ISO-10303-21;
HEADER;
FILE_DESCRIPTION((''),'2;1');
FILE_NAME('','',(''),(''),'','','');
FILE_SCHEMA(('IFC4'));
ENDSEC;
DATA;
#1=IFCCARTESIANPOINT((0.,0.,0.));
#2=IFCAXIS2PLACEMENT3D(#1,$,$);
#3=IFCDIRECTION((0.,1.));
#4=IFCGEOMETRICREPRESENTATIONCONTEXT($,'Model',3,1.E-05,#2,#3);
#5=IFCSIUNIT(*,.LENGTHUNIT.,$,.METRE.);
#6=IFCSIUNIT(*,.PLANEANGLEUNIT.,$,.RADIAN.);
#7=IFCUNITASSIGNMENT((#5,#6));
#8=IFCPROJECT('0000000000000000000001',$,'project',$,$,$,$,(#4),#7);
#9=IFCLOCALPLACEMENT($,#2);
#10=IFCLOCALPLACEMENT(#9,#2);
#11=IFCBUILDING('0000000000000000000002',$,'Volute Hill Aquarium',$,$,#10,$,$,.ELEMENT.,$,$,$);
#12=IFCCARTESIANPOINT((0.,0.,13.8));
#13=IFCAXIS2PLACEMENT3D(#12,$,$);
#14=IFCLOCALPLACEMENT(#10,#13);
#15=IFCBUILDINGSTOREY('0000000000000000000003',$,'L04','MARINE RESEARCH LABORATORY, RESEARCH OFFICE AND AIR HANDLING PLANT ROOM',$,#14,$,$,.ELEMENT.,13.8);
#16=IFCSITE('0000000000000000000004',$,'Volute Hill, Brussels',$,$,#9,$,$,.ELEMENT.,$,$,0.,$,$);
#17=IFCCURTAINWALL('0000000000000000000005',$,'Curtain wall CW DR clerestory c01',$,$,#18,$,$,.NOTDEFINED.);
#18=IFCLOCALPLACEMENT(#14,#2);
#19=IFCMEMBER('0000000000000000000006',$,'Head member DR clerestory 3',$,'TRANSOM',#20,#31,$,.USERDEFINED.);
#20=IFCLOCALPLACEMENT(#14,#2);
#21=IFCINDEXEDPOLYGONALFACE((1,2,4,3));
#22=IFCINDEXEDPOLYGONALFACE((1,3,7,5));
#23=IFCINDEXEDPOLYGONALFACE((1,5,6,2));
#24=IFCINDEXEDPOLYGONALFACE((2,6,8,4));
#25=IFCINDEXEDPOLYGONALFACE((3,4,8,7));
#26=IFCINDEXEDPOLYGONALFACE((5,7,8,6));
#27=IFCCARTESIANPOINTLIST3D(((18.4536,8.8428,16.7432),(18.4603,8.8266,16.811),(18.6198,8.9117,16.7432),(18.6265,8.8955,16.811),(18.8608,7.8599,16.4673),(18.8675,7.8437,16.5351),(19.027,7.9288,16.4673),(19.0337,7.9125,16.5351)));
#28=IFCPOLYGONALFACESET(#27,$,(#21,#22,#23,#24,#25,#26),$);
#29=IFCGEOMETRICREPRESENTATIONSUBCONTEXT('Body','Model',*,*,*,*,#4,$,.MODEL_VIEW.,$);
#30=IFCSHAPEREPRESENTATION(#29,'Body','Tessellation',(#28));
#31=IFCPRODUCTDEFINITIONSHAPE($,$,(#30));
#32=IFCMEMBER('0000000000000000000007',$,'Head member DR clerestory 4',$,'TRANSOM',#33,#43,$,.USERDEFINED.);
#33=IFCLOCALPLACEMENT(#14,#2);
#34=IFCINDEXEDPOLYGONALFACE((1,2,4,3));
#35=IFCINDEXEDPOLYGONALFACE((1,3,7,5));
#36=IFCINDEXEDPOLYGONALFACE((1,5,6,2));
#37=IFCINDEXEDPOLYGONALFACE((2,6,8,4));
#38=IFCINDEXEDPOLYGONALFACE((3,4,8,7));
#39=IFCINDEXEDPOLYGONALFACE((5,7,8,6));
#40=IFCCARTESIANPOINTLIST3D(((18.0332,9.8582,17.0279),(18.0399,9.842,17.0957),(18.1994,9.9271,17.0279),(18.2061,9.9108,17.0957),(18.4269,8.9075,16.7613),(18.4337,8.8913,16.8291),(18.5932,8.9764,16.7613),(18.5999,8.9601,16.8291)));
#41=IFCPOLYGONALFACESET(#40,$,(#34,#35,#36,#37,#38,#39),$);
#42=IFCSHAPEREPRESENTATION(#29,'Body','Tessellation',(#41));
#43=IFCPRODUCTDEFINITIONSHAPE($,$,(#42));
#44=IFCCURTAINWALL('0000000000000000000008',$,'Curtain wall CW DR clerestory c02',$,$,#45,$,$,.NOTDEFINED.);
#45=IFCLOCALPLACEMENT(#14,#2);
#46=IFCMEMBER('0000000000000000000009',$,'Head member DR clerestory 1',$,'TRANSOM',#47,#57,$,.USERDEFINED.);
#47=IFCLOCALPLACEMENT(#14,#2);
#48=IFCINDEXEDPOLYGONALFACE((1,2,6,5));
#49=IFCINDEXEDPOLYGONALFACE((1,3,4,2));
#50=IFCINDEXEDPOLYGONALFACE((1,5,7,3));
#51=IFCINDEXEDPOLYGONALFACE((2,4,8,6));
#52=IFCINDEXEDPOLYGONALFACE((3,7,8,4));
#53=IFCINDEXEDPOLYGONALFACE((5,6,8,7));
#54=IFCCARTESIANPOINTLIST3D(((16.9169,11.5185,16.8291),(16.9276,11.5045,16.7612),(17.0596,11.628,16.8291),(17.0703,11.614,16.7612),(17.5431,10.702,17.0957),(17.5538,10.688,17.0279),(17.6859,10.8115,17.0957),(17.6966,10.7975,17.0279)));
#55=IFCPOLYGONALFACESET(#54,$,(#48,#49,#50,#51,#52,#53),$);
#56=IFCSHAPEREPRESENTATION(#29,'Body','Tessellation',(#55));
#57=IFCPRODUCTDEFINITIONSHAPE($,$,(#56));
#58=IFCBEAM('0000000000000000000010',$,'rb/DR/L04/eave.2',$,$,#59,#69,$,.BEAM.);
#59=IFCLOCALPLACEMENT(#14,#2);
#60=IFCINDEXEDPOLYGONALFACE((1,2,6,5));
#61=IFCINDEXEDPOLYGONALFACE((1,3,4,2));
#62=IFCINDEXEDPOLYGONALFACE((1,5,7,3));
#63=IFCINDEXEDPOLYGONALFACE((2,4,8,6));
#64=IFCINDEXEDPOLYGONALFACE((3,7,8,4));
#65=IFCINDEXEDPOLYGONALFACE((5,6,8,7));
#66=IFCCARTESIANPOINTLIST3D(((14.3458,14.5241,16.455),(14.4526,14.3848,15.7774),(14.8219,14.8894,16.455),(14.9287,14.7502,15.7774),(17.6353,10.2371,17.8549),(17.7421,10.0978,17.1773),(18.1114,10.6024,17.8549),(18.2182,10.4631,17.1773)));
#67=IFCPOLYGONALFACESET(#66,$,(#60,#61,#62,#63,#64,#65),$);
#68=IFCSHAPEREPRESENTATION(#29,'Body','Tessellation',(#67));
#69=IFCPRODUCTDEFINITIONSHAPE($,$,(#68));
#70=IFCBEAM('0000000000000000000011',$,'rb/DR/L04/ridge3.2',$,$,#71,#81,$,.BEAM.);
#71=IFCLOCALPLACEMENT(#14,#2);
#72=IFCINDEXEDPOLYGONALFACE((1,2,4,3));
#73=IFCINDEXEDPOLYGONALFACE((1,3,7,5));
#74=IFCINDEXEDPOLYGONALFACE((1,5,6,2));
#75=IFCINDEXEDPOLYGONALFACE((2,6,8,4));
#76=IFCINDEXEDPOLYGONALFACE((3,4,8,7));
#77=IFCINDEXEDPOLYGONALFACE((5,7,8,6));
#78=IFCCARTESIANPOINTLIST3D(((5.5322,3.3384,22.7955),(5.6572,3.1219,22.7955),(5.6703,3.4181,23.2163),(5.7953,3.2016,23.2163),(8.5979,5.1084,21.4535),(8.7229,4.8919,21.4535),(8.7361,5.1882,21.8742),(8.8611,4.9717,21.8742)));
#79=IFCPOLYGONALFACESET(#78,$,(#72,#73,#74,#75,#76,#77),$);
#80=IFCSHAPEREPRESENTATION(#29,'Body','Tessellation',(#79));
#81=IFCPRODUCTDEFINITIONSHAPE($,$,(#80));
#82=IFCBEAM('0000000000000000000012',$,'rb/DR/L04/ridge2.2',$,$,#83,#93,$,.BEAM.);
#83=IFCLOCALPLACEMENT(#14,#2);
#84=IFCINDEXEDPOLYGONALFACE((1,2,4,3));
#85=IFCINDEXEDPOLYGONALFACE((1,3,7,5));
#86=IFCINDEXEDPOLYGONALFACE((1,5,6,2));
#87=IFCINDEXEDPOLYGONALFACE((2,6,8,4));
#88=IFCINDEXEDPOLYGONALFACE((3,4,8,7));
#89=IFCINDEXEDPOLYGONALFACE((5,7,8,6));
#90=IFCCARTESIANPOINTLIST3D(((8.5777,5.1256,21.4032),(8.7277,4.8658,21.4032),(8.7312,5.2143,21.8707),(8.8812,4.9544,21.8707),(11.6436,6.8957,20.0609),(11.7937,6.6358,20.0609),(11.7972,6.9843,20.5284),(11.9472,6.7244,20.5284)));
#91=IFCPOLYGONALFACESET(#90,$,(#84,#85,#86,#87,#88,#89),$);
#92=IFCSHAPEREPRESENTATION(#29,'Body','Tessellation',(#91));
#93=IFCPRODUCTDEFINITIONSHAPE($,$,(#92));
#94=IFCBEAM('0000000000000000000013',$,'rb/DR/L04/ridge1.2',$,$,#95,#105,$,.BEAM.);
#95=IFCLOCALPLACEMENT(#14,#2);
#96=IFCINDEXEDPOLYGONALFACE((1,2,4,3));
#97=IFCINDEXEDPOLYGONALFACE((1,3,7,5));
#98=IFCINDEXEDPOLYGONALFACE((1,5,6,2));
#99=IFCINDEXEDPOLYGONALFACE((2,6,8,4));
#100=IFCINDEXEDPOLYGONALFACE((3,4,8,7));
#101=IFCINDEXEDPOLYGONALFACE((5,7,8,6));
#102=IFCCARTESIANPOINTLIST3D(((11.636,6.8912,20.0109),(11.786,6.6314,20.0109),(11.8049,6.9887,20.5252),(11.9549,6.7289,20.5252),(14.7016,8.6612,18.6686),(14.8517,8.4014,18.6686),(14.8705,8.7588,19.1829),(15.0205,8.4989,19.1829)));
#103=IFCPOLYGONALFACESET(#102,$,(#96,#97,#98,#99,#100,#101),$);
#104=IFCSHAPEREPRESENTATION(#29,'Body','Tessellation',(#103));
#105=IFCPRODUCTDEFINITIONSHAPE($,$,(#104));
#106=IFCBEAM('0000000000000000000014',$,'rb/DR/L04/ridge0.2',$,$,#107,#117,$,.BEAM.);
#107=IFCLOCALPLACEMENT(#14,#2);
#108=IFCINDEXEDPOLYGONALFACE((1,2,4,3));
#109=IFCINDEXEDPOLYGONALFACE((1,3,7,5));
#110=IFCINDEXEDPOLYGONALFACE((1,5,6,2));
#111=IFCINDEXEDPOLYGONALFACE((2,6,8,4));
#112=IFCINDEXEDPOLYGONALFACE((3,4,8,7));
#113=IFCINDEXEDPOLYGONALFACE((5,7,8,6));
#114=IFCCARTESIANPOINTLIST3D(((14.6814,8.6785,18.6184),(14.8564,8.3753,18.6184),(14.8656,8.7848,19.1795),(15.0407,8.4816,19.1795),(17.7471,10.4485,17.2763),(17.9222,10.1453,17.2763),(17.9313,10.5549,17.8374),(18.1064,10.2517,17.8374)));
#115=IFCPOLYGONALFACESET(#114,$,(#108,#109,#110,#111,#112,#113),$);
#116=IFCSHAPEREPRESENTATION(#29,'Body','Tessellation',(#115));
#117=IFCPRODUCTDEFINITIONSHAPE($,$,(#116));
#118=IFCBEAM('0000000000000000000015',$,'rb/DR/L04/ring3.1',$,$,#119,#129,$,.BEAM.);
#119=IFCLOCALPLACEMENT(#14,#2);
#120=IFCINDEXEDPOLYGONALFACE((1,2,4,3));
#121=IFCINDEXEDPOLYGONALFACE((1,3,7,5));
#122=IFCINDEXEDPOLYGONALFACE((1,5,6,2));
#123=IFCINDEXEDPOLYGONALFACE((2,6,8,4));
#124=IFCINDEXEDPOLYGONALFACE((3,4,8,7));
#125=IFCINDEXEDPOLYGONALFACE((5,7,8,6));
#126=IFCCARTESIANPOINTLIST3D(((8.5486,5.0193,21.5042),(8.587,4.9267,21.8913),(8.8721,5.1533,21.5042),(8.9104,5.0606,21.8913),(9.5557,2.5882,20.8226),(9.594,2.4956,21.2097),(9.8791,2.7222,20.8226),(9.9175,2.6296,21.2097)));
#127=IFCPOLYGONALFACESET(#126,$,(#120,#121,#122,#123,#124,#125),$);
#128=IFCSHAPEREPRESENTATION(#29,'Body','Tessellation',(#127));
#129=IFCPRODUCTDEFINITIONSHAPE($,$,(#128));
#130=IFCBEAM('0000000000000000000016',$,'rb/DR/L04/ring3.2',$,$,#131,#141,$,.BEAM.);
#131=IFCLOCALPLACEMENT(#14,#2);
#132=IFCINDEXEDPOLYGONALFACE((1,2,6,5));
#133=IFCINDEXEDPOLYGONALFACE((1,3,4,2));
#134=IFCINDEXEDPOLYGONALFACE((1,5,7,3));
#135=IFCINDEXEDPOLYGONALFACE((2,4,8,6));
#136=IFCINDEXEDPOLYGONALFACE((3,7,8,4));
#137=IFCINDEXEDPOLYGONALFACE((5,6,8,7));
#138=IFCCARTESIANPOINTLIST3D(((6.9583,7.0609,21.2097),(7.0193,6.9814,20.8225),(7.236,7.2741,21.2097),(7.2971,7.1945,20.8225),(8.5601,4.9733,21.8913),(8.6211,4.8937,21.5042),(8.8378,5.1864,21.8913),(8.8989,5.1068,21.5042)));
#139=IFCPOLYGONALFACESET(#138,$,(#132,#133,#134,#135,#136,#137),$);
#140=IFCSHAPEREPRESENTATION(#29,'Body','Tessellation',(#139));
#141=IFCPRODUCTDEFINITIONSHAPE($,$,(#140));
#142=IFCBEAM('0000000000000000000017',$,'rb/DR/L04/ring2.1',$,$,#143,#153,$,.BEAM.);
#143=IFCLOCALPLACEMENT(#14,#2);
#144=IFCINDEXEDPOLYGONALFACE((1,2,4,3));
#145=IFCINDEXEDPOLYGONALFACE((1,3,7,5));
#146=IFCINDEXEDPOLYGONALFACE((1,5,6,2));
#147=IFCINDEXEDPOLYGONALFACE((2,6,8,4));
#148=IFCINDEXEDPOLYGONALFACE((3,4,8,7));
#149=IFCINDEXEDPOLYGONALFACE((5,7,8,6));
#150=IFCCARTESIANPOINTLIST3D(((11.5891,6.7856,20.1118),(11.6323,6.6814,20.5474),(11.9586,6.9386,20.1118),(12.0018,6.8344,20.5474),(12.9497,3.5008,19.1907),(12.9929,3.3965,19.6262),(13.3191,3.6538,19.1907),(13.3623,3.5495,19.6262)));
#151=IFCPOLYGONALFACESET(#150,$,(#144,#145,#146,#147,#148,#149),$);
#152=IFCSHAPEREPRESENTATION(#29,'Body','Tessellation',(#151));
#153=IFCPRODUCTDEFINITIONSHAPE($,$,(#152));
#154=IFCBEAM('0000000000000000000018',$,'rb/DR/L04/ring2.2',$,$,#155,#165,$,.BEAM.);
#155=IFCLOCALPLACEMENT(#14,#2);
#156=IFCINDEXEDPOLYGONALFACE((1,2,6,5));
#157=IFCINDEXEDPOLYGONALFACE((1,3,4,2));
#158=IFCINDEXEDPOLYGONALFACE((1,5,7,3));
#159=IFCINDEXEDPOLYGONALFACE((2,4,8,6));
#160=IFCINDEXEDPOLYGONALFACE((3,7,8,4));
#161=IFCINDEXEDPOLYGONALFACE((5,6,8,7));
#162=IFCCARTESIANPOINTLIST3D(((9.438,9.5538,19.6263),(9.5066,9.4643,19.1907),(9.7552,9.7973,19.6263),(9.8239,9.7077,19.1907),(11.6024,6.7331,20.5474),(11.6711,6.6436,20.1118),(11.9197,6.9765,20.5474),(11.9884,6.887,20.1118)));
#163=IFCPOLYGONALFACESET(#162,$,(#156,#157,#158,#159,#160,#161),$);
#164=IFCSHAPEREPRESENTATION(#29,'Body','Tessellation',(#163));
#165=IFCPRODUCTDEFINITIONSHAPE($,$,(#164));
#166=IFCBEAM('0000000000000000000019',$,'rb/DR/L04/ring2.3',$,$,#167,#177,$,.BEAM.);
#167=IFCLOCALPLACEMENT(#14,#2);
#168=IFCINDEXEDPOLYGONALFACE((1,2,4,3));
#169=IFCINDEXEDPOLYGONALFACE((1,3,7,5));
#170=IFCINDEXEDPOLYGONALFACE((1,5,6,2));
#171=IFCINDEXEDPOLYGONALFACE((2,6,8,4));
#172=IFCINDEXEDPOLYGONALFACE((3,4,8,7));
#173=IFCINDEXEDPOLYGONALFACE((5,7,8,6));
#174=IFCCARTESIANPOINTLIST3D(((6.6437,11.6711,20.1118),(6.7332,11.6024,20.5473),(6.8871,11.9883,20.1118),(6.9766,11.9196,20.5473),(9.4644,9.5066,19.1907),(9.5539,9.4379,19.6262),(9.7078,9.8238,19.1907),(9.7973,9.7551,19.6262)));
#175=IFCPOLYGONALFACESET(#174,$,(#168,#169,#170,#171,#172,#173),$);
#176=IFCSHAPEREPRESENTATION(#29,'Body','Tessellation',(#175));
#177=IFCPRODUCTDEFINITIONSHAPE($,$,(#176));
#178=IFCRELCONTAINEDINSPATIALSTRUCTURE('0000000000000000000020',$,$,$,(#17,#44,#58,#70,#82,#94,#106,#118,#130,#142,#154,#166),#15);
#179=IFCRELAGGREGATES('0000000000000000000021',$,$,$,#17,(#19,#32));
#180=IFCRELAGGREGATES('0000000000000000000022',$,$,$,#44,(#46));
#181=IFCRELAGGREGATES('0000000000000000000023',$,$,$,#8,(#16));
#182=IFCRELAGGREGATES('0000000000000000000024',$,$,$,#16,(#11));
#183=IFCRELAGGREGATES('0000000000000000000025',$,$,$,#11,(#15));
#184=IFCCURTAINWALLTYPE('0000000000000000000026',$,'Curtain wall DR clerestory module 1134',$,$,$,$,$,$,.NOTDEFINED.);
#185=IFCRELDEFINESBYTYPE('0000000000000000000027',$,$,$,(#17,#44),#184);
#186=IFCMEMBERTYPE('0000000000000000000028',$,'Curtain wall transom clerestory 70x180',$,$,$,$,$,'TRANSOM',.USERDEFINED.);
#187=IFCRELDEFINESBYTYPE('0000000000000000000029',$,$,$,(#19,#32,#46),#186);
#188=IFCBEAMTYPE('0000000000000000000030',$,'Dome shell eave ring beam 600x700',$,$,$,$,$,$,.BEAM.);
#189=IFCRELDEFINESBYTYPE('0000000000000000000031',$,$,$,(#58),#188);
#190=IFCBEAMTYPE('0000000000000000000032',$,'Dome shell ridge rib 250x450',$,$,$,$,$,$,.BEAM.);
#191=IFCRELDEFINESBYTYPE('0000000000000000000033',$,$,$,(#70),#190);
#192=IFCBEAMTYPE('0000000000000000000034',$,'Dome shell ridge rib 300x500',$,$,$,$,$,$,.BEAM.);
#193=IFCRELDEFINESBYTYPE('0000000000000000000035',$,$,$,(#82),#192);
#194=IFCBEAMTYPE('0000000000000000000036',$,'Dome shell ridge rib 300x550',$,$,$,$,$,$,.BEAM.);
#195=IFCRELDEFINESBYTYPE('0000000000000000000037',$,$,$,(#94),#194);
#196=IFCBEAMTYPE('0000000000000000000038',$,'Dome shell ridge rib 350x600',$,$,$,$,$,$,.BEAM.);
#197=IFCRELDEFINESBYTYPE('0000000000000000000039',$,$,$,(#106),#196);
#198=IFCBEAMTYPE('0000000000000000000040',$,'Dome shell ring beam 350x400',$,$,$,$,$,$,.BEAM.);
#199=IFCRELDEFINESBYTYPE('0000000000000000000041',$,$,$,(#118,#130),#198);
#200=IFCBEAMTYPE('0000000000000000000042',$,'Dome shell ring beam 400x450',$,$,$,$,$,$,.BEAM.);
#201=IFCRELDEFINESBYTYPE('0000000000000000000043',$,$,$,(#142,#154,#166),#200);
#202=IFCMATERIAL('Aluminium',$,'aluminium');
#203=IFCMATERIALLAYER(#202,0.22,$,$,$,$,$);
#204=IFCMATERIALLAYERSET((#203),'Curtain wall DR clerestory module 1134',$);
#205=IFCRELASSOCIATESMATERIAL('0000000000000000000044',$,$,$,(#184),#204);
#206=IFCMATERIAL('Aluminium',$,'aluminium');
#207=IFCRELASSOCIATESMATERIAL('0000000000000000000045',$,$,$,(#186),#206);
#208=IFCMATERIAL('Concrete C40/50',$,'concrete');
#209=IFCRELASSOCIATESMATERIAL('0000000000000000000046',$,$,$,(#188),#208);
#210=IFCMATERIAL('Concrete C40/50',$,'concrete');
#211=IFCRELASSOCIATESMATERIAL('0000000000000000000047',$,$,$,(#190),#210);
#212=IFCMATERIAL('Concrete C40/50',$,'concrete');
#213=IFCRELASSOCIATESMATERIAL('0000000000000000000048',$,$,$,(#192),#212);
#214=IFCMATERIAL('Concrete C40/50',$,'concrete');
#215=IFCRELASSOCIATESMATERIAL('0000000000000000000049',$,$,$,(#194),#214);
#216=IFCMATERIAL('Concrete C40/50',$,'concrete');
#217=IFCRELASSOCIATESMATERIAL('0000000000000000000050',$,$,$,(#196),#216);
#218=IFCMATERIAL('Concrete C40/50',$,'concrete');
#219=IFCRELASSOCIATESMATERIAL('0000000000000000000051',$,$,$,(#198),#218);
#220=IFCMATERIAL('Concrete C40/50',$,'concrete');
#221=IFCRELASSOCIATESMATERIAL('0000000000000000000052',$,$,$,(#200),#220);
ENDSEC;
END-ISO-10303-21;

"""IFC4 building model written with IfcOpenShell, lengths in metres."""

from ifc_helpers import new_model, si_unit, direction, frame, origin, origin_2d, place, context, subcontext, project, spatial, rectangle, extrude, material, layer, layer_set, material_profile, profile_set, type_object, element, aggregate, save


model = new_model("IFC4")

# Units and contexts
model_context = context("Model", 3, precision=1e-05, world=origin(), true_north=direction((0.0, 1.0)))
body_context = subcontext(model_context, "Body", "Model", "MODEL_VIEW")
ifc_project = project(units=[si_unit("LENGTHUNIT", "METRE"), si_unit("PLANEANGLEUNIT", "RADIAN")], contexts=[model_context])

# Site, building, storey
site_placement = place(None, origin())
site = spatial("IfcSite", under=ifc_project, at=site_placement, Name="Volute Hill, Brussels", CompositionType="ELEMENT", RefElevation=0.0)
building_placement = place(site_placement, origin())
building = spatial("IfcBuilding", under=site, at=building_placement, Name="Volute Hill Aquarium", CompositionType="ELEMENT")
storey_placement = place(building_placement, frame((0.0, 0.0, 13.8)))
storey = spatial("IfcBuildingStorey", under=building, at=storey_placement, Name="L04", Description="MARINE RESEARCH LABORATORY, RESEARCH OFFICE AND AIR HANDLING PLANT ROOM", CompositionType="ELEMENT", Elevation=13.8)

# Curtain wall, members
ifc_material_1 = material(Name="Aluminium", Category="aluminium")
ifc_layer_1 = layer(ifc_material_1, 0.22)
ifc_layer_set_1 = layer_set([ifc_layer_1], Name="Curtain wall DR clerestory module 1134")
curtain_wall_type = type_object("IfcCurtainWallType", Name="Curtain wall DR clerestory module 1134", PredefinedType="NOTDEFINED", material=ifc_layer_set_1)
curtain_wall_1_placement = place(storey_placement, origin())
curtain_wall_1 = element("IfcCurtainWall", 1, at=curtain_wall_1_placement, inside=storey, type_object=curtain_wall_type, Name="Curtain wall CW DR clerestory c01", PredefinedType="NOTDEFINED")
ifc_material_2 = material(Name="Aluminium", Category="aluminium")
ifc_material_profile_1 = material_profile(ifc_material_2, rectangle(XDim=0.1799, YDim=0.0701, at=origin_2d()), Name="Curtain wall transom clerestory 70x180")
ifc_profile_set_1 = profile_set([ifc_material_profile_1], Name="Aluminium")
member_type = type_object("IfcMemberType", Name="Curtain wall transom clerestory 70x180", ElementType="TRANSOM", PredefinedType="USERDEFINED", material=ifc_profile_set_1)
member_1_placement = place(storey_placement, frame((18.9473, 7.8862, 16.5012), z_axis=(-0.370504, 0.894274, 0.251001), x_axis=(-0.923849, -0.382757, 0.0)))
member_1 = element("IfcMember", 2, at=member_1_placement, type_object=member_type, Name="Head member DR clerestory 3", ObjectType="TRANSOM", PredefinedType="USERDEFINED", context=body_context, shape_type="SweptSolid", body=[
    extrude(rectangle(XDim=0.1799, YDim=0.0701, at=origin_2d()), origin(), (0.0, 0.0, 1.0), 1.0991),
])
member_2_placement = place(storey_placement, frame((18.5134, 8.9338, 16.7952), z_axis=(-0.370462, 0.894346, 0.250803), x_axis=(-0.923875, -0.382694, 0.0)))
member_2 = element("IfcMember", 3, at=member_2_placement, type_object=member_type, Name="Head member DR clerestory 4", ObjectType="TRANSOM", PredefinedType="USERDEFINED", context=body_context, shape_type="SweptSolid", body=[
    extrude(rectangle(XDim=0.1799, YDim=0.0701, at=origin_2d()), origin(), (0.0, 0.0, 1.0), 1.063),
])
aggregate(curtain_wall_1, [member_1, member_2])

# Curtain wall, member
curtain_wall_2_placement = place(storey_placement, origin())
curtain_wall_2 = element("IfcCurtainWall", 4, at=curtain_wall_2_placement, inside=storey, type_object=curtain_wall_type, Name="Curtain wall CW DR clerestory c02", PredefinedType="NOTDEFINED")
member_3_placement = place(storey_placement, frame((17.6199, 10.7498, 17.0618), z_axis=(-0.589165, 0.768096, -0.250826), x_axis=(-0.793461, -0.608621, 0.0)))
member_3 = element("IfcMember", 5, at=member_3_placement, type_object=member_type, Name="Head member DR clerestory 1", ObjectType="TRANSOM", PredefinedType="USERDEFINED", context=body_context, shape_type="SweptSolid", body=[
    extrude(rectangle(XDim=0.1799, YDim=0.0701, at=origin_2d()), origin(), (0.0, 0.0, 1.0), 1.063),
])
aggregate(curtain_wall_2, [member_3])

# Beams
ifc_material_3 = material(Name="Concrete C40/50", Category="concrete")
ifc_material_profile_2 = material_profile(ifc_material_3, rectangle(XDim=0.6001, YDim=0.7, at=origin_2d()), Name="RC beam 600x700")
ifc_profile_set_2 = profile_set([ifc_material_profile_2], Name="Concrete C40/50")
beam_type_1 = type_object("IfcBeamType", Name="Dome shell eave ring beam 600x700", PredefinedType="BEAM", material=ifc_profile_set_2)
beam_1_placement = place(storey_placement, frame((17.9268, 10.3501, 17.5161), z_axis=(-0.5893, 0.768006, -0.250783), x_axis=(-0.793359, -0.608754, 0.0)))
element("IfcBeam", 6, at=beam_1_placement, inside=storey, type_object=beam_type_1, Name="rb/DR/L04/eave.2", PredefinedType="BEAM", context=body_context, shape_type="SweptSolid", body=[
    extrude(rectangle(XDim=0.6001, YDim=0.7, at=origin_2d()), origin(), (0.0, 0.0, 1.0), 5.582),
])
ifc_material_4 = material(Name="Concrete C40/50", Category="concrete")
ifc_material_profile_3 = material_profile(ifc_material_4, rectangle(XDim=0.25, YDim=0.45, at=origin_2d()), Name="RC rib 250x450")
ifc_profile_set_3 = profile_set([ifc_material_profile_3], Name="Concrete C40/50")
beam_type_2 = type_object("IfcBeamType", Name="Dome shell ridge rib 250x450", PredefinedType="BEAM", material=ifc_profile_set_3)
beam_2_placement = place(storey_placement, frame((8.7295, 5.04, 21.6638), z_axis=(-0.809779, -0.46754, 0.354492), x_axis=(0.500011, -0.866019, 0.0)))
element("IfcBeam", 7, at=beam_2_placement, inside=storey, type_object=beam_type_2, Name="rb/DR/L04/ridge3.2", PredefinedType="BEAM", context=body_context, shape_type="SweptSolid", body=[
    extrude(rectangle(XDim=0.25, YDim=0.45, at=origin_2d()), origin(), (0.0, 0.0, 1.0), 3.7859),
])
ifc_material_5 = material(Name="Concrete C40/50", Category="concrete")
ifc_material_profile_4 = material_profile(ifc_material_5, rectangle(XDim=0.3, YDim=0.5, at=origin_2d()), Name="RC rib 300x500")
ifc_profile_set_4 = profile_set([ifc_material_profile_4], Name="Concrete C40/50")
beam_type_3 = type_object("IfcBeamType", Name="Dome shell ridge rib 300x500", PredefinedType="BEAM", material=ifc_profile_set_4)
beam_3_placement = place(storey_placement, frame((11.7954, 6.8101, 20.2947), z_axis=(-0.809783, -0.467505, 0.35453), x_axis=(0.499981, -0.866036, 0.0)))
element("IfcBeam", 8, at=beam_3_placement, inside=storey, type_object=beam_type_3, Name="rb/DR/L04/ridge2.2", PredefinedType="BEAM", context=body_context, shape_type="SweptSolid", body=[
    extrude(rectangle(XDim=0.3, YDim=0.5, at=origin_2d()), origin(), (0.0, 0.0, 1.0), 3.7861),
])
ifc_material_6 = material(Name="Concrete C40/50", Category="concrete")
ifc_material_profile_5 = material_profile(ifc_material_6, rectangle(XDim=0.3, YDim=0.55, at=origin_2d()), Name="RC rib 300x550")
ifc_profile_set_5 = profile_set([ifc_material_profile_5], Name="Concrete C40/50")
beam_type_4 = type_object("IfcBeamType", Name="Dome shell ridge rib 300x550", PredefinedType="BEAM", material=ifc_profile_set_5)
beam_4_placement = place(storey_placement, frame((14.8611, 8.5801, 18.9258), z_axis=(-0.80976, -0.467529, 0.354548), x_axis=(0.500011, -0.866019, 0.0)))
element("IfcBeam", 9, at=beam_4_placement, inside=storey, type_object=beam_type_4, Name="rb/DR/L04/ridge1.2", PredefinedType="BEAM", context=body_context, shape_type="SweptSolid", body=[
    extrude(rectangle(XDim=0.3, YDim=0.55, at=origin_2d()), origin(), (0.0, 0.0, 1.0), 3.7859),
])
ifc_material_7 = material(Name="Concrete C40/50", Category="concrete")
ifc_material_profile_6 = material_profile(ifc_material_7, rectangle(XDim=0.3501, YDim=0.6001, at=origin_2d()), Name="RC rib 350x600")
ifc_profile_set_6 = profile_set([ifc_material_profile_6], Name="Concrete C40/50")
beam_type_5 = type_object("IfcBeamType", Name="Dome shell ridge rib 350x600", PredefinedType="BEAM", material=ifc_profile_set_6)
beam_5_placement = place(storey_placement, frame((17.9268, 10.3501, 17.5569), z_axis=(-0.809779, -0.46754, 0.354492), x_axis=(0.500011, -0.866019, 0.0)))
element("IfcBeam", 10, at=beam_5_placement, inside=storey, type_object=beam_type_5, Name="rb/DR/L04/ridge0.2", PredefinedType="BEAM", context=body_context, shape_type="SweptSolid", body=[
    extrude(rectangle(XDim=0.3501, YDim=0.6001, at=origin_2d()), origin(), (0.0, 0.0, 1.0), 3.7859),
])
ifc_material_8 = material(Name="Concrete C40/50", Category="concrete")
ifc_material_profile_7 = material_profile(ifc_material_8, rectangle(XDim=0.3501, YDim=0.3999, at=origin_2d()), Name="RC beam 350x400")
ifc_profile_set_7 = profile_set([ifc_material_profile_7], Name="Concrete C40/50")
beam_type_6 = type_object("IfcBeamType", Name="Dome shell ring beam 350x400", PredefinedType="BEAM", material=ifc_profile_set_7)
for number, where, z_axis, x_axis, name in (
    (11, (9.7366, 2.6089, 21.0161), (-0.370477, 0.894353, 0.250757), (-0.923871, -0.382704, 0.0), "rb/DR/L04/ring3.1"),
    (12, (8.7295, 5.04, 21.6978), (-0.589286, 0.768021, -0.250768), (-0.793372, -0.608737, 0.0), "rb/DR/L04/ring3.2"),
):
    element("IfcBeam", number, at=place(storey_placement, frame(where, z_axis=z_axis, x_axis=x_axis)), inside=storey, type_object=beam_type_6, Name=name, PredefinedType="BEAM", context=body_context, shape_type="SweptSolid", body=[
        extrude(rectangle(XDim=0.3501, YDim=0.3999, at=origin_2d()), origin(), (0.0, 0.0, 1.0), 2.7183),
    ])
ifc_material_9 = material(Name="Concrete C40/50", Category="concrete")
ifc_material_profile_8 = material_profile(ifc_material_9, rectangle(XDim=0.3999, YDim=0.45, at=origin_2d()), Name="RC beam 400x450")
ifc_profile_set_8 = profile_set([ifc_material_profile_8], Name="Concrete C40/50")
beam_type_7 = type_object("IfcBeamType", Name="Dome shell ring beam 400x450", PredefinedType="BEAM", material=ifc_profile_set_8)
for number, where, z_axis, x_axis, name in (
    (13, (13.156, 3.5251, 19.4084), (-0.370439, 0.894359, 0.250793), (-0.923885, -0.382669, 0.0), "rb/DR/L04/ring2.1"),
    (14, (11.7954, 6.8101, 20.3296), (-0.589319, 0.767989, -0.25079), (-0.793343, -0.608775, 0.0), "rb/DR/L04/ring2.2"),
    (15, (9.6309, 9.6309, 19.4084), (-0.767989, 0.589319, 0.25079), (-0.608775, -0.793343, 0.0), "rb/DR/L04/ring2.3"),
):
    element("IfcBeam", number, at=place(storey_placement, frame(where, z_axis=z_axis, x_axis=x_axis)), inside=storey, type_object=beam_type_7, Name=name, PredefinedType="BEAM", context=body_context, shape_type="SweptSolid", body=[
        extrude(rectangle(XDim=0.3999, YDim=0.45, at=origin_2d()), origin(), (0.0, 0.0, 1.0), 3.6729),
    ])

save(model, "model.ifc")
